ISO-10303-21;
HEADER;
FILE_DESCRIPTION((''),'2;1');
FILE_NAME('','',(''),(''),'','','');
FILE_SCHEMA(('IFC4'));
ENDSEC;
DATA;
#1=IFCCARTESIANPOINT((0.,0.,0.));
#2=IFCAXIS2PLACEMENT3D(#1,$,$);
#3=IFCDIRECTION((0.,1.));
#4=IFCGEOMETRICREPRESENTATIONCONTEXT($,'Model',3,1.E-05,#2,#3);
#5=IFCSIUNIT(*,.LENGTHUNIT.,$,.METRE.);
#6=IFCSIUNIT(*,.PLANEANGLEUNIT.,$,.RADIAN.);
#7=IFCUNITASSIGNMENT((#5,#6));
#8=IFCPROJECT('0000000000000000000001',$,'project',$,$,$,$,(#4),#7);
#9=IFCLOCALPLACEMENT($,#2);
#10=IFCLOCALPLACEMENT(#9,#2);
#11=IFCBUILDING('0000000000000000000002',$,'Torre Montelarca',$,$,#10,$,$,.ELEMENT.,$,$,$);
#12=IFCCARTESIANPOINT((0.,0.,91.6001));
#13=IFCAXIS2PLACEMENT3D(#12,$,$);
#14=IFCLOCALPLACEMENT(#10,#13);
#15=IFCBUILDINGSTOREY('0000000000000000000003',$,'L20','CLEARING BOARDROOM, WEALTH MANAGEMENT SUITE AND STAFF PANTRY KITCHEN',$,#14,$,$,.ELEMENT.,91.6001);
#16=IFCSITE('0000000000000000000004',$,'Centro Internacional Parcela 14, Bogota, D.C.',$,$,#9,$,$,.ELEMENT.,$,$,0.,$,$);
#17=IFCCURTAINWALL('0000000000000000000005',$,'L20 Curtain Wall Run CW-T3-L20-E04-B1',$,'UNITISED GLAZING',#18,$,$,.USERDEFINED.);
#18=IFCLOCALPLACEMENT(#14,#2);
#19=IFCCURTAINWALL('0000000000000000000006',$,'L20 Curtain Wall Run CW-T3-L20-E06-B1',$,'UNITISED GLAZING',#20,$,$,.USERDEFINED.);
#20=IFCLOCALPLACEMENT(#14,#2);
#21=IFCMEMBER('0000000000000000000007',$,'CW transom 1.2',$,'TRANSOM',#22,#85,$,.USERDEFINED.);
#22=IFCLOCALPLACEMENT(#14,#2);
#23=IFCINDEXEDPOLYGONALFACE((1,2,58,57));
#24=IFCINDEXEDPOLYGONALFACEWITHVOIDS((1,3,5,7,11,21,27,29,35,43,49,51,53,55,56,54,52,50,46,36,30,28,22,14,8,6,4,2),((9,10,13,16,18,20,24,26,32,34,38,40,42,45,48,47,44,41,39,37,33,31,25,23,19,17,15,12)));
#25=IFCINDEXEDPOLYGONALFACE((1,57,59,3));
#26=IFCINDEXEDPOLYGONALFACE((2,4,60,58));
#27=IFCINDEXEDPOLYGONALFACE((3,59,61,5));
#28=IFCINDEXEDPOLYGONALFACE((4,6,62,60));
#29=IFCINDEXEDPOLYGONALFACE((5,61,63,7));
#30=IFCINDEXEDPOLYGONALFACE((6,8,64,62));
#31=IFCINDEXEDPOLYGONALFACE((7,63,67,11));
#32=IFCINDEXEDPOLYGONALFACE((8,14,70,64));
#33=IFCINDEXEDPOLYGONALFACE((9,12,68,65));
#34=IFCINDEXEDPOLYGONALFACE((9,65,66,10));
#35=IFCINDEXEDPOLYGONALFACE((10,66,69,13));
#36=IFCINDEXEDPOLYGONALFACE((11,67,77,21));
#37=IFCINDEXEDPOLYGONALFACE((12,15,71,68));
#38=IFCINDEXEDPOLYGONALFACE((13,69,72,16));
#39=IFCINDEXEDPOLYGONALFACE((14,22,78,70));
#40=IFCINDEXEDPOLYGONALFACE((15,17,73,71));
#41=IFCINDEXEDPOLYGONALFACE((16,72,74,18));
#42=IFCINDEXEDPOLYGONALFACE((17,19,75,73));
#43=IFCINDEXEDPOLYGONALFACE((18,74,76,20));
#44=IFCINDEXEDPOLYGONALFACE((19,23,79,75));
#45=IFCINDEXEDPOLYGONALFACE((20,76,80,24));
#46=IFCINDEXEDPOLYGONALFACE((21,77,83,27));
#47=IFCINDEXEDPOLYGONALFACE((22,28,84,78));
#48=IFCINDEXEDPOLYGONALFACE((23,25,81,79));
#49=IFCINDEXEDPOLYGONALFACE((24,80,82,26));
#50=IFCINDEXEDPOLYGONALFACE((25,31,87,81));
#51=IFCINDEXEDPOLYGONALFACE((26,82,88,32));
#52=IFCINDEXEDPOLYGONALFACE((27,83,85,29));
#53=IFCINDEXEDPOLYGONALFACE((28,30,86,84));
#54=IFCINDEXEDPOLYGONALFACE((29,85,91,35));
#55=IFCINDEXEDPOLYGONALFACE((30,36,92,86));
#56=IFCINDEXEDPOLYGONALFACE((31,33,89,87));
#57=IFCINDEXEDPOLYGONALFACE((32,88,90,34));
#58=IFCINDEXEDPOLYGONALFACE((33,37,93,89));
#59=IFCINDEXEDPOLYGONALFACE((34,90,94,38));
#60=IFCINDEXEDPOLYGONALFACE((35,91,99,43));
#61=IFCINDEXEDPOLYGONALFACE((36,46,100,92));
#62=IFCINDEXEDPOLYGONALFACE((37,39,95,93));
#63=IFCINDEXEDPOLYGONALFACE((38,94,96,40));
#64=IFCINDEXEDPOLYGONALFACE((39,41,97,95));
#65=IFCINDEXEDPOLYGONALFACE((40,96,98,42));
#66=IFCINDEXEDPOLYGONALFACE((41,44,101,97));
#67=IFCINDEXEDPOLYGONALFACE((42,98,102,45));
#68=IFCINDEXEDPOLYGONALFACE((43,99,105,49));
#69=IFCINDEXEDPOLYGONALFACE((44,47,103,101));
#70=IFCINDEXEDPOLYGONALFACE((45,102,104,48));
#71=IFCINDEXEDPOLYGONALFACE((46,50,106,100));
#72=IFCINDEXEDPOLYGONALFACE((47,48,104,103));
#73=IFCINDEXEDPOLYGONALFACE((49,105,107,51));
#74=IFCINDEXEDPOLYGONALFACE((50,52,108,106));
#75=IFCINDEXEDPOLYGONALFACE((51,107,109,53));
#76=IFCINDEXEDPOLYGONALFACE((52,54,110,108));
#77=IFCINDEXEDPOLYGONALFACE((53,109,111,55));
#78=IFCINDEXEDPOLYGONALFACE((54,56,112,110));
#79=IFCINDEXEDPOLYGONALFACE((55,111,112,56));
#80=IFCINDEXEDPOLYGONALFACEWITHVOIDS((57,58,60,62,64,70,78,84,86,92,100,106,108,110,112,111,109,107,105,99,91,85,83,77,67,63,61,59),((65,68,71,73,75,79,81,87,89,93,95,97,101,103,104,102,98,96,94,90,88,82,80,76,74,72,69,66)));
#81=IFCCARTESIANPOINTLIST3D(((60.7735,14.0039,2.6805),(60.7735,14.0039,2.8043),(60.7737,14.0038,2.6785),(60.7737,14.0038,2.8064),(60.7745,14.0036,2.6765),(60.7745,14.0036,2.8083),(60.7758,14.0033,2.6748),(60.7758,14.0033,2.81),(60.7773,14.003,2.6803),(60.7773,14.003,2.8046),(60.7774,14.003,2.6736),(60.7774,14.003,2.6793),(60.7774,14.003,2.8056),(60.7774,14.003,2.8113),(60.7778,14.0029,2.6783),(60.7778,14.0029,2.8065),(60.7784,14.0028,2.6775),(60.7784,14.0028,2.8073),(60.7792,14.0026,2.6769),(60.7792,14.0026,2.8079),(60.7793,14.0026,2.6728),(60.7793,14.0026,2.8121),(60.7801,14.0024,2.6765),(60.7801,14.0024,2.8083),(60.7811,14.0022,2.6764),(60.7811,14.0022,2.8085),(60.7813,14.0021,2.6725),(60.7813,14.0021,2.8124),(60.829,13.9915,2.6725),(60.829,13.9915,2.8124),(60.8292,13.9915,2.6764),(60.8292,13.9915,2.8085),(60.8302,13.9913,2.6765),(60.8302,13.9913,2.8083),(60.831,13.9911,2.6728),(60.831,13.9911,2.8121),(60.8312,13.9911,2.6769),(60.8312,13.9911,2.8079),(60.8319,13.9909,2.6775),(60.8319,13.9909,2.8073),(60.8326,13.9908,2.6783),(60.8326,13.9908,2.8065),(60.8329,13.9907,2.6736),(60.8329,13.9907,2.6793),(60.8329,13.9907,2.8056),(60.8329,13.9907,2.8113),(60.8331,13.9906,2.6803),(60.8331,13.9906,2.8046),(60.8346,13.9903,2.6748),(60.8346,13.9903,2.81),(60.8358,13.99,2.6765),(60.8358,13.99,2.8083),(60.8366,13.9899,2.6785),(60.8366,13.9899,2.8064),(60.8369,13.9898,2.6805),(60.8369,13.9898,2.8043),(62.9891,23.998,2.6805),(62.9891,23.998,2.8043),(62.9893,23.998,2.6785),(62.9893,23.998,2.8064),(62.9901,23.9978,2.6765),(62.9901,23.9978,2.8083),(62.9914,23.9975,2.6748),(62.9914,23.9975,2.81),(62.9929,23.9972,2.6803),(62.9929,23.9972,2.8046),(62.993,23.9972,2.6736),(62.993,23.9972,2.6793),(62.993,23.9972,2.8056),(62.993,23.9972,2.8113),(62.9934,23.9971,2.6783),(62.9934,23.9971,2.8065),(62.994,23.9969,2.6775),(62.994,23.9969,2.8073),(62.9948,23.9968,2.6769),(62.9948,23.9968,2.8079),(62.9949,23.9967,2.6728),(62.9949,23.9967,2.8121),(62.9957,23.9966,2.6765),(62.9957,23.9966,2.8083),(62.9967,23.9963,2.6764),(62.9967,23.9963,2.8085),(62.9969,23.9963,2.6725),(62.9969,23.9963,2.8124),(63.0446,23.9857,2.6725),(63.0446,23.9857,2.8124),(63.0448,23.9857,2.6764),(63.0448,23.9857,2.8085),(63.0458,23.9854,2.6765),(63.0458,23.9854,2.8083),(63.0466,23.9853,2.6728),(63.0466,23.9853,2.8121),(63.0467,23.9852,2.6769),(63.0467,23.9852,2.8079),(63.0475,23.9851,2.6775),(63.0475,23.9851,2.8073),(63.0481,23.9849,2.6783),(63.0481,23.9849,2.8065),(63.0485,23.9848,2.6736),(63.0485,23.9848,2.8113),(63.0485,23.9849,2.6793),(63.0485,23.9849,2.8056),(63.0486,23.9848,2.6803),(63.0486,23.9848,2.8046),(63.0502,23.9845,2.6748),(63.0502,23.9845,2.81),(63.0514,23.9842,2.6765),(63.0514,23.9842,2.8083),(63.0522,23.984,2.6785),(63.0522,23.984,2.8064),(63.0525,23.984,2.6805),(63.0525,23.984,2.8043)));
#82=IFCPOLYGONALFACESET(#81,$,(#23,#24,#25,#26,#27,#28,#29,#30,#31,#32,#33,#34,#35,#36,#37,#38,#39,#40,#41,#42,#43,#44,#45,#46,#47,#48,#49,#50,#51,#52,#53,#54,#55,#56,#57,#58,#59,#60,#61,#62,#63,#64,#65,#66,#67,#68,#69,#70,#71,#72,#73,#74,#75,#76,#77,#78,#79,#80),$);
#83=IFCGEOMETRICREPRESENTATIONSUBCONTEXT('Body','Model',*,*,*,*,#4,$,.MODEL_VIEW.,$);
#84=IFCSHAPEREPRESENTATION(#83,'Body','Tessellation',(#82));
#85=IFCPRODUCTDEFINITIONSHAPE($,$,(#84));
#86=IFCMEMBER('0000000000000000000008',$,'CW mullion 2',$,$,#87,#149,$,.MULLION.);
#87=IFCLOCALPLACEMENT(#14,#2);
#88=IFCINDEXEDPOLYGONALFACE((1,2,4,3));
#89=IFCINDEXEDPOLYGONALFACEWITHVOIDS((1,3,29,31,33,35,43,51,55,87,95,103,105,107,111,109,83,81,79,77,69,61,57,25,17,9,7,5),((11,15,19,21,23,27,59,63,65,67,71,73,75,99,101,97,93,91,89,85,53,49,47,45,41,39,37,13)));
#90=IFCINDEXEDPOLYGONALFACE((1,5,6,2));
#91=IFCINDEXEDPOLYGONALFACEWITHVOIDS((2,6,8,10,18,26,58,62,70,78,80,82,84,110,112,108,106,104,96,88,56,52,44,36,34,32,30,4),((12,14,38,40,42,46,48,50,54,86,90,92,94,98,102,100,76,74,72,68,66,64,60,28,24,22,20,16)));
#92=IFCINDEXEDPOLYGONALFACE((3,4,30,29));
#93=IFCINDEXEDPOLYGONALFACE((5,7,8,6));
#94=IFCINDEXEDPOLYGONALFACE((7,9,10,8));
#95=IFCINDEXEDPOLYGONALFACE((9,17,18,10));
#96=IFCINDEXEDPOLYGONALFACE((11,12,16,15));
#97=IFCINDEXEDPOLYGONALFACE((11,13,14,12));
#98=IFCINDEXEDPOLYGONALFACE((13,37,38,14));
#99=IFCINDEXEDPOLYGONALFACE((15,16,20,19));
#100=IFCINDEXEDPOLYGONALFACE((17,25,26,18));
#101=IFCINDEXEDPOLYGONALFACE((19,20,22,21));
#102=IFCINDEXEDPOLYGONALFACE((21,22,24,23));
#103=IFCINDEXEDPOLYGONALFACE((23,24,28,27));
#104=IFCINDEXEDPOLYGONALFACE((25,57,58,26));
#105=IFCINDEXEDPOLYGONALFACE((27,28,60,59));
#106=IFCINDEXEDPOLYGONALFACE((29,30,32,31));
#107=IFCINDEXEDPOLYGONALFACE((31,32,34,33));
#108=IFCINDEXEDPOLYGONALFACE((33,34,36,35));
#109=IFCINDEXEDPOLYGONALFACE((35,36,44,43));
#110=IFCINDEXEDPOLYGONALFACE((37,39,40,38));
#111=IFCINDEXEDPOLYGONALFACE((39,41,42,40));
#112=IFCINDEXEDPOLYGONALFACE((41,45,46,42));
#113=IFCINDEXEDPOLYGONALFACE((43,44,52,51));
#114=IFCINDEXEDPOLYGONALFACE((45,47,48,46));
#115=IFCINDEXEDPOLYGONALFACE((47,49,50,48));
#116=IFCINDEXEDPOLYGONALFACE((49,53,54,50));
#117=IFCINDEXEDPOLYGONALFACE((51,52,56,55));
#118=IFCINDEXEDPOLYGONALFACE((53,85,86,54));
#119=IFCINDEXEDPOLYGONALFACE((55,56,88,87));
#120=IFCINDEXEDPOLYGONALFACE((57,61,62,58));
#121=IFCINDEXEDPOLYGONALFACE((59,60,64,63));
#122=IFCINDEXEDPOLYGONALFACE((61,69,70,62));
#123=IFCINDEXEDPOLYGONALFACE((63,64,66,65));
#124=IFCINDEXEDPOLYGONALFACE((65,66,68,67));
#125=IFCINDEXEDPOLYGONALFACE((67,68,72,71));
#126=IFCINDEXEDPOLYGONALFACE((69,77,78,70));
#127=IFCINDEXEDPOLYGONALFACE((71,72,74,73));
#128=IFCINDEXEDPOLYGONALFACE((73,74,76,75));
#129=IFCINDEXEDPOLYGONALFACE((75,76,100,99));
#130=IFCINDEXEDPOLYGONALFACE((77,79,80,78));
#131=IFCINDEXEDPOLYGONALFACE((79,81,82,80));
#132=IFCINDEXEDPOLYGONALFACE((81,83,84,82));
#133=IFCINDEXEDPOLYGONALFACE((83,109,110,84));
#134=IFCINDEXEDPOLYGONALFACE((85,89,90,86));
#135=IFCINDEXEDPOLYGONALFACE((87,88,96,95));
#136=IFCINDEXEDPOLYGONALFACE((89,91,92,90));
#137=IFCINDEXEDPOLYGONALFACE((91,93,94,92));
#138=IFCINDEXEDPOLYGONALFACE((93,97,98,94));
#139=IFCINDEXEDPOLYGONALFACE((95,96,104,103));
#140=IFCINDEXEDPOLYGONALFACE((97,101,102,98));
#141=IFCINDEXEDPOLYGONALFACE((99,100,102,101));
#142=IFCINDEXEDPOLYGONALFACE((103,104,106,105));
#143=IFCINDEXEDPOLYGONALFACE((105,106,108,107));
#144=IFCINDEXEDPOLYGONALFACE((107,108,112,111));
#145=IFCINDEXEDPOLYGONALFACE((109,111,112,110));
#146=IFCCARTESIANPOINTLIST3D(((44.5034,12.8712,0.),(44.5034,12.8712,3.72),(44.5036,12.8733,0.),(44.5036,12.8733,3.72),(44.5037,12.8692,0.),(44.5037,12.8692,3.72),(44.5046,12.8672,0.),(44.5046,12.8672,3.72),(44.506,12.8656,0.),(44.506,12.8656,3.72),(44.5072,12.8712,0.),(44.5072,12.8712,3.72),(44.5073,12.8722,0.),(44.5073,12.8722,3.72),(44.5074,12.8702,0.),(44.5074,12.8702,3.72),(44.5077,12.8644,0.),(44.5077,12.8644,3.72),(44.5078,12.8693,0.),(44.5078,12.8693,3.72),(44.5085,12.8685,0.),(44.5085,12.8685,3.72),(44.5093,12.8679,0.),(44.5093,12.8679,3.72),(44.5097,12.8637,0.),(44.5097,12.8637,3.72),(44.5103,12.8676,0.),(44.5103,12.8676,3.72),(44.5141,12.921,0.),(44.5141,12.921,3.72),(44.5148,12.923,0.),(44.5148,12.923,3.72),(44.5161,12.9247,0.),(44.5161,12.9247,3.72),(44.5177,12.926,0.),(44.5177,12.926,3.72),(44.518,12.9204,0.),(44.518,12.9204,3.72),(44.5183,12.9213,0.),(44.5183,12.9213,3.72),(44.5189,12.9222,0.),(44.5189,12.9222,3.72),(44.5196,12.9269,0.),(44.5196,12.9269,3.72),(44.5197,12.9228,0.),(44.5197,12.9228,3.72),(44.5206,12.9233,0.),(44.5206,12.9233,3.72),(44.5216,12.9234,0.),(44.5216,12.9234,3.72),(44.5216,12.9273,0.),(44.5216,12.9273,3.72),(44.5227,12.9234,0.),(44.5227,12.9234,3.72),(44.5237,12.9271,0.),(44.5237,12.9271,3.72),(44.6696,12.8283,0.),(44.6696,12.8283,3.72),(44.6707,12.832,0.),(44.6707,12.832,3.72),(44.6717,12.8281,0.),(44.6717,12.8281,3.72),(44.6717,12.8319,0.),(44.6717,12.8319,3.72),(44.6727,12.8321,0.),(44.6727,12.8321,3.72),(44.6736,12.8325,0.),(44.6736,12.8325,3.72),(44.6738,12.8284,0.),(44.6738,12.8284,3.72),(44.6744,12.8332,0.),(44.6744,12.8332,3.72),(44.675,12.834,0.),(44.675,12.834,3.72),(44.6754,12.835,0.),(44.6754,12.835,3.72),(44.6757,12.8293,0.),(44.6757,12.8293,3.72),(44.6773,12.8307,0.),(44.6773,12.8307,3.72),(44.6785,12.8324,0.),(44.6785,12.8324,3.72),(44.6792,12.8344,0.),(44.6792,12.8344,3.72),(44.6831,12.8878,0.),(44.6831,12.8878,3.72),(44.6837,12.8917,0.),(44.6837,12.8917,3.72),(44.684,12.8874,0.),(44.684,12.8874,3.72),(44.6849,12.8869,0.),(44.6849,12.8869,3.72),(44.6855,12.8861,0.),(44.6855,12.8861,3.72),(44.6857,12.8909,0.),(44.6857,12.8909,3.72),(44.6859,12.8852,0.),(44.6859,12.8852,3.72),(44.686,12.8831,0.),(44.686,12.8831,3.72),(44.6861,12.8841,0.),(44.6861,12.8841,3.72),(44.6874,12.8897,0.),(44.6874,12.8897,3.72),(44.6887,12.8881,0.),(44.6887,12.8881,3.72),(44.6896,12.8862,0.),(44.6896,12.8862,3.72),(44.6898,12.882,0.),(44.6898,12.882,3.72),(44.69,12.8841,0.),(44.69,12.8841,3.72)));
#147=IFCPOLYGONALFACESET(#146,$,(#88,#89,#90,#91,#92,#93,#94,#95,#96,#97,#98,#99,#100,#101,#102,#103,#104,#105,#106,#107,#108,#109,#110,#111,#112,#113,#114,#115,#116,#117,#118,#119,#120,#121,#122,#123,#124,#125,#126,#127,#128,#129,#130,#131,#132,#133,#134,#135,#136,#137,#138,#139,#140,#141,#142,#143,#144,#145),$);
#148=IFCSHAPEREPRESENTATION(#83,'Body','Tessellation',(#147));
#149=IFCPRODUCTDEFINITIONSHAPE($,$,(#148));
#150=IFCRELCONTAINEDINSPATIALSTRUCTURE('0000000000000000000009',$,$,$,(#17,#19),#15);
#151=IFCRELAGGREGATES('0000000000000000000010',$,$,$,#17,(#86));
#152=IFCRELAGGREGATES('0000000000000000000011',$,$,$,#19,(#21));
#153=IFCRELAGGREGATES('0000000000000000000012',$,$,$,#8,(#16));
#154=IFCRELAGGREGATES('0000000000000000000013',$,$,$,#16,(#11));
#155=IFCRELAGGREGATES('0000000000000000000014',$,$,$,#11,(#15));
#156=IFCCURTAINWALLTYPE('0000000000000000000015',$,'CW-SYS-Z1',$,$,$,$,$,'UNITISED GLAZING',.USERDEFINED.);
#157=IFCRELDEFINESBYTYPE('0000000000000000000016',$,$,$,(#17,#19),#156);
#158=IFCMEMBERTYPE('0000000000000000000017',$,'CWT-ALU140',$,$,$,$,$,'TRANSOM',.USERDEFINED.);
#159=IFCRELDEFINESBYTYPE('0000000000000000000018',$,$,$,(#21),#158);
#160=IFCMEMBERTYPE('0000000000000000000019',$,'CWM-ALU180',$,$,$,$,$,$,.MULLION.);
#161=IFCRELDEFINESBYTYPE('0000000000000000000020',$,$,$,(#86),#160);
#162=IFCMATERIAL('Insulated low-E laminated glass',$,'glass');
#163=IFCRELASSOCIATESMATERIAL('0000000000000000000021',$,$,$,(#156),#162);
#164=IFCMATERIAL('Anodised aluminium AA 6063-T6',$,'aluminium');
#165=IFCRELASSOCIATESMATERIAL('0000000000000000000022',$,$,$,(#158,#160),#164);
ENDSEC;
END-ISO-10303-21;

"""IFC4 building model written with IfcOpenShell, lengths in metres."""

from ifc_helpers import new_model, si_unit, direction, frame, origin, origin_2d, place, context, subcontext, project, spatial, hollow_rectangle, extrude, source, transform, mapped, material, material_profile, profile_set, type_object, element, aggregate, save


model = new_model("IFC4")

# Units and contexts
model_context = context("Model", 3, precision=1e-05, world=origin(), true_north=direction((0.0, 1.0)))
body_context = subcontext(model_context, "Body", "Model", "MODEL_VIEW")
ifc_project = project(units=[si_unit("LENGTHUNIT", "METRE"), si_unit("PLANEANGLEUNIT", "RADIAN")], contexts=[model_context])

# Site, building, storey
site_placement = place(None, origin())
site = spatial("IfcSite", under=ifc_project, at=site_placement, Name="Centro Internacional Parcela 14, Bogota, D.C.", CompositionType="ELEMENT", RefElevation=0.0)
building_placement = place(site_placement, origin())
building = spatial("IfcBuilding", under=site, at=building_placement, Name="Torre Montelarca", CompositionType="ELEMENT")
storey_placement = place(building_placement, frame((0.0, 0.0, 91.6001)))
storey = spatial("IfcBuildingStorey", under=building, at=storey_placement, Name="L20", Description="CLEARING BOARDROOM, WEALTH MANAGEMENT SUITE AND STAFF PANTRY KITCHEN", CompositionType="ELEMENT", Elevation=91.6001)

# Curtain walls, member
ifc_material_1 = material(Name="Insulated low-E laminated glass", Category="glass")
curtain_wall_type = type_object("IfcCurtainWallType", Name="CW-SYS-Z1", ElementType="UNITISED GLAZING", PredefinedType="USERDEFINED", material=ifc_material_1)
curtain_wall_1_placement = place(storey_placement, origin())
curtain_wall_1 = element("IfcCurtainWall", 1, at=curtain_wall_1_placement, inside=storey, type_object=curtain_wall_type, Name="L20 Curtain Wall Run CW-T3-L20-E04-B1", ObjectType="UNITISED GLAZING", PredefinedType="USERDEFINED")
ifc_material_2 = material(Name="Anodised aluminium AA 6063-T6", Category="aluminium")
ifc_material_profile_1 = material_profile(ifc_material_2, hollow_rectangle(XDim=0.0649, YDim=0.1399, WallThickness=0.0039, InnerFilletRadius=0.0039, OuterFilletRadius=0.0081, at=origin_2d()), Name="ALU65X140X4", Category="aluminium")
ifc_profile_set_1 = profile_set([ifc_material_profile_1], Name="Anodised aluminium AA 6063-T6")
member_type_1 = type_object("IfcMemberType", Name="CWT-ALU140", ElementType="TRANSOM", PredefinedType="USERDEFINED", material=ifc_profile_set_1)
curtain_wall_2_placement = place(storey_placement, origin())
curtain_wall_2 = element("IfcCurtainWall", 2, at=curtain_wall_2_placement, inside=storey, type_object=curtain_wall_type, Name="L20 Curtain Wall Run CW-T3-L20-E06-B1", ObjectType="UNITISED GLAZING", PredefinedType="USERDEFINED")
shared_shape_1 = source(origin(), body_context, "Body", "SweptSolid", [
    extrude(hollow_rectangle(XDim=0.0649, YDim=0.1399, WallThickness=0.0039, InnerFilletRadius=0.0039, OuterFilletRadius=0.0081, at=origin_2d()), origin(), (0.0, 0.0, 1.0), 10.2368),
])
member_1_placement = place(storey_placement, frame((60.8052, 13.9968, 2.7424), z_axis=(0.216433, 0.976297, 0.0), x_axis=(-0.976297, 0.216433, 0.0)))
member_1 = element("IfcMember", 3, at=member_1_placement, type_object=member_type_1, Name="CW transom 1.2", ObjectType="TRANSOM", PredefinedType="USERDEFINED", context=body_context, shape_type="MappedRepresentation", body=[
    mapped(shared_shape_1, transform((0.0, 0.0, 0.0), scale=1.0)),
])

# Member
ifc_material_profile_2 = material_profile(ifc_material_2, hollow_rectangle(XDim=0.0649, YDim=0.1799, WallThickness=0.0039, InnerFilletRadius=0.0039, OuterFilletRadius=0.0081, at=origin_2d()), Name="ALU65X180X4", Category="aluminium")
ifc_profile_set_2 = profile_set([ifc_material_profile_2], Name="Anodised aluminium AA 6063-T6")
member_type_2 = type_object("IfcMemberType", Name="CWM-ALU180", PredefinedType="MULLION", material=ifc_profile_set_2)
shared_shape_2 = source(origin(), body_context, "Body", "SweptSolid", [
    extrude(hollow_rectangle(XDim=0.0649, YDim=0.1799, WallThickness=0.0039, InnerFilletRadius=0.0039, OuterFilletRadius=0.0081, at=origin_2d()), origin(), (0.0, 0.0, 1.0), 3.72),
])
member_2_placement = place(storey_placement, frame((44.5967, 12.8777, 0.0), z_axis=(0.0, 0.0, 1.0), x_axis=(0.216437, 0.976297, 0.0)))
member_2 = element("IfcMember", 4, at=member_2_placement, type_object=member_type_2, Name="CW mullion 2", PredefinedType="MULLION", context=body_context, shape_type="MappedRepresentation", body=[
    mapped(shared_shape_2, transform((0.0, 0.0, 0.0), scale=1.0)),
])

aggregate(curtain_wall_1, [member_2])
aggregate(curtain_wall_2, [member_1])

save(model, "model.ifc")
